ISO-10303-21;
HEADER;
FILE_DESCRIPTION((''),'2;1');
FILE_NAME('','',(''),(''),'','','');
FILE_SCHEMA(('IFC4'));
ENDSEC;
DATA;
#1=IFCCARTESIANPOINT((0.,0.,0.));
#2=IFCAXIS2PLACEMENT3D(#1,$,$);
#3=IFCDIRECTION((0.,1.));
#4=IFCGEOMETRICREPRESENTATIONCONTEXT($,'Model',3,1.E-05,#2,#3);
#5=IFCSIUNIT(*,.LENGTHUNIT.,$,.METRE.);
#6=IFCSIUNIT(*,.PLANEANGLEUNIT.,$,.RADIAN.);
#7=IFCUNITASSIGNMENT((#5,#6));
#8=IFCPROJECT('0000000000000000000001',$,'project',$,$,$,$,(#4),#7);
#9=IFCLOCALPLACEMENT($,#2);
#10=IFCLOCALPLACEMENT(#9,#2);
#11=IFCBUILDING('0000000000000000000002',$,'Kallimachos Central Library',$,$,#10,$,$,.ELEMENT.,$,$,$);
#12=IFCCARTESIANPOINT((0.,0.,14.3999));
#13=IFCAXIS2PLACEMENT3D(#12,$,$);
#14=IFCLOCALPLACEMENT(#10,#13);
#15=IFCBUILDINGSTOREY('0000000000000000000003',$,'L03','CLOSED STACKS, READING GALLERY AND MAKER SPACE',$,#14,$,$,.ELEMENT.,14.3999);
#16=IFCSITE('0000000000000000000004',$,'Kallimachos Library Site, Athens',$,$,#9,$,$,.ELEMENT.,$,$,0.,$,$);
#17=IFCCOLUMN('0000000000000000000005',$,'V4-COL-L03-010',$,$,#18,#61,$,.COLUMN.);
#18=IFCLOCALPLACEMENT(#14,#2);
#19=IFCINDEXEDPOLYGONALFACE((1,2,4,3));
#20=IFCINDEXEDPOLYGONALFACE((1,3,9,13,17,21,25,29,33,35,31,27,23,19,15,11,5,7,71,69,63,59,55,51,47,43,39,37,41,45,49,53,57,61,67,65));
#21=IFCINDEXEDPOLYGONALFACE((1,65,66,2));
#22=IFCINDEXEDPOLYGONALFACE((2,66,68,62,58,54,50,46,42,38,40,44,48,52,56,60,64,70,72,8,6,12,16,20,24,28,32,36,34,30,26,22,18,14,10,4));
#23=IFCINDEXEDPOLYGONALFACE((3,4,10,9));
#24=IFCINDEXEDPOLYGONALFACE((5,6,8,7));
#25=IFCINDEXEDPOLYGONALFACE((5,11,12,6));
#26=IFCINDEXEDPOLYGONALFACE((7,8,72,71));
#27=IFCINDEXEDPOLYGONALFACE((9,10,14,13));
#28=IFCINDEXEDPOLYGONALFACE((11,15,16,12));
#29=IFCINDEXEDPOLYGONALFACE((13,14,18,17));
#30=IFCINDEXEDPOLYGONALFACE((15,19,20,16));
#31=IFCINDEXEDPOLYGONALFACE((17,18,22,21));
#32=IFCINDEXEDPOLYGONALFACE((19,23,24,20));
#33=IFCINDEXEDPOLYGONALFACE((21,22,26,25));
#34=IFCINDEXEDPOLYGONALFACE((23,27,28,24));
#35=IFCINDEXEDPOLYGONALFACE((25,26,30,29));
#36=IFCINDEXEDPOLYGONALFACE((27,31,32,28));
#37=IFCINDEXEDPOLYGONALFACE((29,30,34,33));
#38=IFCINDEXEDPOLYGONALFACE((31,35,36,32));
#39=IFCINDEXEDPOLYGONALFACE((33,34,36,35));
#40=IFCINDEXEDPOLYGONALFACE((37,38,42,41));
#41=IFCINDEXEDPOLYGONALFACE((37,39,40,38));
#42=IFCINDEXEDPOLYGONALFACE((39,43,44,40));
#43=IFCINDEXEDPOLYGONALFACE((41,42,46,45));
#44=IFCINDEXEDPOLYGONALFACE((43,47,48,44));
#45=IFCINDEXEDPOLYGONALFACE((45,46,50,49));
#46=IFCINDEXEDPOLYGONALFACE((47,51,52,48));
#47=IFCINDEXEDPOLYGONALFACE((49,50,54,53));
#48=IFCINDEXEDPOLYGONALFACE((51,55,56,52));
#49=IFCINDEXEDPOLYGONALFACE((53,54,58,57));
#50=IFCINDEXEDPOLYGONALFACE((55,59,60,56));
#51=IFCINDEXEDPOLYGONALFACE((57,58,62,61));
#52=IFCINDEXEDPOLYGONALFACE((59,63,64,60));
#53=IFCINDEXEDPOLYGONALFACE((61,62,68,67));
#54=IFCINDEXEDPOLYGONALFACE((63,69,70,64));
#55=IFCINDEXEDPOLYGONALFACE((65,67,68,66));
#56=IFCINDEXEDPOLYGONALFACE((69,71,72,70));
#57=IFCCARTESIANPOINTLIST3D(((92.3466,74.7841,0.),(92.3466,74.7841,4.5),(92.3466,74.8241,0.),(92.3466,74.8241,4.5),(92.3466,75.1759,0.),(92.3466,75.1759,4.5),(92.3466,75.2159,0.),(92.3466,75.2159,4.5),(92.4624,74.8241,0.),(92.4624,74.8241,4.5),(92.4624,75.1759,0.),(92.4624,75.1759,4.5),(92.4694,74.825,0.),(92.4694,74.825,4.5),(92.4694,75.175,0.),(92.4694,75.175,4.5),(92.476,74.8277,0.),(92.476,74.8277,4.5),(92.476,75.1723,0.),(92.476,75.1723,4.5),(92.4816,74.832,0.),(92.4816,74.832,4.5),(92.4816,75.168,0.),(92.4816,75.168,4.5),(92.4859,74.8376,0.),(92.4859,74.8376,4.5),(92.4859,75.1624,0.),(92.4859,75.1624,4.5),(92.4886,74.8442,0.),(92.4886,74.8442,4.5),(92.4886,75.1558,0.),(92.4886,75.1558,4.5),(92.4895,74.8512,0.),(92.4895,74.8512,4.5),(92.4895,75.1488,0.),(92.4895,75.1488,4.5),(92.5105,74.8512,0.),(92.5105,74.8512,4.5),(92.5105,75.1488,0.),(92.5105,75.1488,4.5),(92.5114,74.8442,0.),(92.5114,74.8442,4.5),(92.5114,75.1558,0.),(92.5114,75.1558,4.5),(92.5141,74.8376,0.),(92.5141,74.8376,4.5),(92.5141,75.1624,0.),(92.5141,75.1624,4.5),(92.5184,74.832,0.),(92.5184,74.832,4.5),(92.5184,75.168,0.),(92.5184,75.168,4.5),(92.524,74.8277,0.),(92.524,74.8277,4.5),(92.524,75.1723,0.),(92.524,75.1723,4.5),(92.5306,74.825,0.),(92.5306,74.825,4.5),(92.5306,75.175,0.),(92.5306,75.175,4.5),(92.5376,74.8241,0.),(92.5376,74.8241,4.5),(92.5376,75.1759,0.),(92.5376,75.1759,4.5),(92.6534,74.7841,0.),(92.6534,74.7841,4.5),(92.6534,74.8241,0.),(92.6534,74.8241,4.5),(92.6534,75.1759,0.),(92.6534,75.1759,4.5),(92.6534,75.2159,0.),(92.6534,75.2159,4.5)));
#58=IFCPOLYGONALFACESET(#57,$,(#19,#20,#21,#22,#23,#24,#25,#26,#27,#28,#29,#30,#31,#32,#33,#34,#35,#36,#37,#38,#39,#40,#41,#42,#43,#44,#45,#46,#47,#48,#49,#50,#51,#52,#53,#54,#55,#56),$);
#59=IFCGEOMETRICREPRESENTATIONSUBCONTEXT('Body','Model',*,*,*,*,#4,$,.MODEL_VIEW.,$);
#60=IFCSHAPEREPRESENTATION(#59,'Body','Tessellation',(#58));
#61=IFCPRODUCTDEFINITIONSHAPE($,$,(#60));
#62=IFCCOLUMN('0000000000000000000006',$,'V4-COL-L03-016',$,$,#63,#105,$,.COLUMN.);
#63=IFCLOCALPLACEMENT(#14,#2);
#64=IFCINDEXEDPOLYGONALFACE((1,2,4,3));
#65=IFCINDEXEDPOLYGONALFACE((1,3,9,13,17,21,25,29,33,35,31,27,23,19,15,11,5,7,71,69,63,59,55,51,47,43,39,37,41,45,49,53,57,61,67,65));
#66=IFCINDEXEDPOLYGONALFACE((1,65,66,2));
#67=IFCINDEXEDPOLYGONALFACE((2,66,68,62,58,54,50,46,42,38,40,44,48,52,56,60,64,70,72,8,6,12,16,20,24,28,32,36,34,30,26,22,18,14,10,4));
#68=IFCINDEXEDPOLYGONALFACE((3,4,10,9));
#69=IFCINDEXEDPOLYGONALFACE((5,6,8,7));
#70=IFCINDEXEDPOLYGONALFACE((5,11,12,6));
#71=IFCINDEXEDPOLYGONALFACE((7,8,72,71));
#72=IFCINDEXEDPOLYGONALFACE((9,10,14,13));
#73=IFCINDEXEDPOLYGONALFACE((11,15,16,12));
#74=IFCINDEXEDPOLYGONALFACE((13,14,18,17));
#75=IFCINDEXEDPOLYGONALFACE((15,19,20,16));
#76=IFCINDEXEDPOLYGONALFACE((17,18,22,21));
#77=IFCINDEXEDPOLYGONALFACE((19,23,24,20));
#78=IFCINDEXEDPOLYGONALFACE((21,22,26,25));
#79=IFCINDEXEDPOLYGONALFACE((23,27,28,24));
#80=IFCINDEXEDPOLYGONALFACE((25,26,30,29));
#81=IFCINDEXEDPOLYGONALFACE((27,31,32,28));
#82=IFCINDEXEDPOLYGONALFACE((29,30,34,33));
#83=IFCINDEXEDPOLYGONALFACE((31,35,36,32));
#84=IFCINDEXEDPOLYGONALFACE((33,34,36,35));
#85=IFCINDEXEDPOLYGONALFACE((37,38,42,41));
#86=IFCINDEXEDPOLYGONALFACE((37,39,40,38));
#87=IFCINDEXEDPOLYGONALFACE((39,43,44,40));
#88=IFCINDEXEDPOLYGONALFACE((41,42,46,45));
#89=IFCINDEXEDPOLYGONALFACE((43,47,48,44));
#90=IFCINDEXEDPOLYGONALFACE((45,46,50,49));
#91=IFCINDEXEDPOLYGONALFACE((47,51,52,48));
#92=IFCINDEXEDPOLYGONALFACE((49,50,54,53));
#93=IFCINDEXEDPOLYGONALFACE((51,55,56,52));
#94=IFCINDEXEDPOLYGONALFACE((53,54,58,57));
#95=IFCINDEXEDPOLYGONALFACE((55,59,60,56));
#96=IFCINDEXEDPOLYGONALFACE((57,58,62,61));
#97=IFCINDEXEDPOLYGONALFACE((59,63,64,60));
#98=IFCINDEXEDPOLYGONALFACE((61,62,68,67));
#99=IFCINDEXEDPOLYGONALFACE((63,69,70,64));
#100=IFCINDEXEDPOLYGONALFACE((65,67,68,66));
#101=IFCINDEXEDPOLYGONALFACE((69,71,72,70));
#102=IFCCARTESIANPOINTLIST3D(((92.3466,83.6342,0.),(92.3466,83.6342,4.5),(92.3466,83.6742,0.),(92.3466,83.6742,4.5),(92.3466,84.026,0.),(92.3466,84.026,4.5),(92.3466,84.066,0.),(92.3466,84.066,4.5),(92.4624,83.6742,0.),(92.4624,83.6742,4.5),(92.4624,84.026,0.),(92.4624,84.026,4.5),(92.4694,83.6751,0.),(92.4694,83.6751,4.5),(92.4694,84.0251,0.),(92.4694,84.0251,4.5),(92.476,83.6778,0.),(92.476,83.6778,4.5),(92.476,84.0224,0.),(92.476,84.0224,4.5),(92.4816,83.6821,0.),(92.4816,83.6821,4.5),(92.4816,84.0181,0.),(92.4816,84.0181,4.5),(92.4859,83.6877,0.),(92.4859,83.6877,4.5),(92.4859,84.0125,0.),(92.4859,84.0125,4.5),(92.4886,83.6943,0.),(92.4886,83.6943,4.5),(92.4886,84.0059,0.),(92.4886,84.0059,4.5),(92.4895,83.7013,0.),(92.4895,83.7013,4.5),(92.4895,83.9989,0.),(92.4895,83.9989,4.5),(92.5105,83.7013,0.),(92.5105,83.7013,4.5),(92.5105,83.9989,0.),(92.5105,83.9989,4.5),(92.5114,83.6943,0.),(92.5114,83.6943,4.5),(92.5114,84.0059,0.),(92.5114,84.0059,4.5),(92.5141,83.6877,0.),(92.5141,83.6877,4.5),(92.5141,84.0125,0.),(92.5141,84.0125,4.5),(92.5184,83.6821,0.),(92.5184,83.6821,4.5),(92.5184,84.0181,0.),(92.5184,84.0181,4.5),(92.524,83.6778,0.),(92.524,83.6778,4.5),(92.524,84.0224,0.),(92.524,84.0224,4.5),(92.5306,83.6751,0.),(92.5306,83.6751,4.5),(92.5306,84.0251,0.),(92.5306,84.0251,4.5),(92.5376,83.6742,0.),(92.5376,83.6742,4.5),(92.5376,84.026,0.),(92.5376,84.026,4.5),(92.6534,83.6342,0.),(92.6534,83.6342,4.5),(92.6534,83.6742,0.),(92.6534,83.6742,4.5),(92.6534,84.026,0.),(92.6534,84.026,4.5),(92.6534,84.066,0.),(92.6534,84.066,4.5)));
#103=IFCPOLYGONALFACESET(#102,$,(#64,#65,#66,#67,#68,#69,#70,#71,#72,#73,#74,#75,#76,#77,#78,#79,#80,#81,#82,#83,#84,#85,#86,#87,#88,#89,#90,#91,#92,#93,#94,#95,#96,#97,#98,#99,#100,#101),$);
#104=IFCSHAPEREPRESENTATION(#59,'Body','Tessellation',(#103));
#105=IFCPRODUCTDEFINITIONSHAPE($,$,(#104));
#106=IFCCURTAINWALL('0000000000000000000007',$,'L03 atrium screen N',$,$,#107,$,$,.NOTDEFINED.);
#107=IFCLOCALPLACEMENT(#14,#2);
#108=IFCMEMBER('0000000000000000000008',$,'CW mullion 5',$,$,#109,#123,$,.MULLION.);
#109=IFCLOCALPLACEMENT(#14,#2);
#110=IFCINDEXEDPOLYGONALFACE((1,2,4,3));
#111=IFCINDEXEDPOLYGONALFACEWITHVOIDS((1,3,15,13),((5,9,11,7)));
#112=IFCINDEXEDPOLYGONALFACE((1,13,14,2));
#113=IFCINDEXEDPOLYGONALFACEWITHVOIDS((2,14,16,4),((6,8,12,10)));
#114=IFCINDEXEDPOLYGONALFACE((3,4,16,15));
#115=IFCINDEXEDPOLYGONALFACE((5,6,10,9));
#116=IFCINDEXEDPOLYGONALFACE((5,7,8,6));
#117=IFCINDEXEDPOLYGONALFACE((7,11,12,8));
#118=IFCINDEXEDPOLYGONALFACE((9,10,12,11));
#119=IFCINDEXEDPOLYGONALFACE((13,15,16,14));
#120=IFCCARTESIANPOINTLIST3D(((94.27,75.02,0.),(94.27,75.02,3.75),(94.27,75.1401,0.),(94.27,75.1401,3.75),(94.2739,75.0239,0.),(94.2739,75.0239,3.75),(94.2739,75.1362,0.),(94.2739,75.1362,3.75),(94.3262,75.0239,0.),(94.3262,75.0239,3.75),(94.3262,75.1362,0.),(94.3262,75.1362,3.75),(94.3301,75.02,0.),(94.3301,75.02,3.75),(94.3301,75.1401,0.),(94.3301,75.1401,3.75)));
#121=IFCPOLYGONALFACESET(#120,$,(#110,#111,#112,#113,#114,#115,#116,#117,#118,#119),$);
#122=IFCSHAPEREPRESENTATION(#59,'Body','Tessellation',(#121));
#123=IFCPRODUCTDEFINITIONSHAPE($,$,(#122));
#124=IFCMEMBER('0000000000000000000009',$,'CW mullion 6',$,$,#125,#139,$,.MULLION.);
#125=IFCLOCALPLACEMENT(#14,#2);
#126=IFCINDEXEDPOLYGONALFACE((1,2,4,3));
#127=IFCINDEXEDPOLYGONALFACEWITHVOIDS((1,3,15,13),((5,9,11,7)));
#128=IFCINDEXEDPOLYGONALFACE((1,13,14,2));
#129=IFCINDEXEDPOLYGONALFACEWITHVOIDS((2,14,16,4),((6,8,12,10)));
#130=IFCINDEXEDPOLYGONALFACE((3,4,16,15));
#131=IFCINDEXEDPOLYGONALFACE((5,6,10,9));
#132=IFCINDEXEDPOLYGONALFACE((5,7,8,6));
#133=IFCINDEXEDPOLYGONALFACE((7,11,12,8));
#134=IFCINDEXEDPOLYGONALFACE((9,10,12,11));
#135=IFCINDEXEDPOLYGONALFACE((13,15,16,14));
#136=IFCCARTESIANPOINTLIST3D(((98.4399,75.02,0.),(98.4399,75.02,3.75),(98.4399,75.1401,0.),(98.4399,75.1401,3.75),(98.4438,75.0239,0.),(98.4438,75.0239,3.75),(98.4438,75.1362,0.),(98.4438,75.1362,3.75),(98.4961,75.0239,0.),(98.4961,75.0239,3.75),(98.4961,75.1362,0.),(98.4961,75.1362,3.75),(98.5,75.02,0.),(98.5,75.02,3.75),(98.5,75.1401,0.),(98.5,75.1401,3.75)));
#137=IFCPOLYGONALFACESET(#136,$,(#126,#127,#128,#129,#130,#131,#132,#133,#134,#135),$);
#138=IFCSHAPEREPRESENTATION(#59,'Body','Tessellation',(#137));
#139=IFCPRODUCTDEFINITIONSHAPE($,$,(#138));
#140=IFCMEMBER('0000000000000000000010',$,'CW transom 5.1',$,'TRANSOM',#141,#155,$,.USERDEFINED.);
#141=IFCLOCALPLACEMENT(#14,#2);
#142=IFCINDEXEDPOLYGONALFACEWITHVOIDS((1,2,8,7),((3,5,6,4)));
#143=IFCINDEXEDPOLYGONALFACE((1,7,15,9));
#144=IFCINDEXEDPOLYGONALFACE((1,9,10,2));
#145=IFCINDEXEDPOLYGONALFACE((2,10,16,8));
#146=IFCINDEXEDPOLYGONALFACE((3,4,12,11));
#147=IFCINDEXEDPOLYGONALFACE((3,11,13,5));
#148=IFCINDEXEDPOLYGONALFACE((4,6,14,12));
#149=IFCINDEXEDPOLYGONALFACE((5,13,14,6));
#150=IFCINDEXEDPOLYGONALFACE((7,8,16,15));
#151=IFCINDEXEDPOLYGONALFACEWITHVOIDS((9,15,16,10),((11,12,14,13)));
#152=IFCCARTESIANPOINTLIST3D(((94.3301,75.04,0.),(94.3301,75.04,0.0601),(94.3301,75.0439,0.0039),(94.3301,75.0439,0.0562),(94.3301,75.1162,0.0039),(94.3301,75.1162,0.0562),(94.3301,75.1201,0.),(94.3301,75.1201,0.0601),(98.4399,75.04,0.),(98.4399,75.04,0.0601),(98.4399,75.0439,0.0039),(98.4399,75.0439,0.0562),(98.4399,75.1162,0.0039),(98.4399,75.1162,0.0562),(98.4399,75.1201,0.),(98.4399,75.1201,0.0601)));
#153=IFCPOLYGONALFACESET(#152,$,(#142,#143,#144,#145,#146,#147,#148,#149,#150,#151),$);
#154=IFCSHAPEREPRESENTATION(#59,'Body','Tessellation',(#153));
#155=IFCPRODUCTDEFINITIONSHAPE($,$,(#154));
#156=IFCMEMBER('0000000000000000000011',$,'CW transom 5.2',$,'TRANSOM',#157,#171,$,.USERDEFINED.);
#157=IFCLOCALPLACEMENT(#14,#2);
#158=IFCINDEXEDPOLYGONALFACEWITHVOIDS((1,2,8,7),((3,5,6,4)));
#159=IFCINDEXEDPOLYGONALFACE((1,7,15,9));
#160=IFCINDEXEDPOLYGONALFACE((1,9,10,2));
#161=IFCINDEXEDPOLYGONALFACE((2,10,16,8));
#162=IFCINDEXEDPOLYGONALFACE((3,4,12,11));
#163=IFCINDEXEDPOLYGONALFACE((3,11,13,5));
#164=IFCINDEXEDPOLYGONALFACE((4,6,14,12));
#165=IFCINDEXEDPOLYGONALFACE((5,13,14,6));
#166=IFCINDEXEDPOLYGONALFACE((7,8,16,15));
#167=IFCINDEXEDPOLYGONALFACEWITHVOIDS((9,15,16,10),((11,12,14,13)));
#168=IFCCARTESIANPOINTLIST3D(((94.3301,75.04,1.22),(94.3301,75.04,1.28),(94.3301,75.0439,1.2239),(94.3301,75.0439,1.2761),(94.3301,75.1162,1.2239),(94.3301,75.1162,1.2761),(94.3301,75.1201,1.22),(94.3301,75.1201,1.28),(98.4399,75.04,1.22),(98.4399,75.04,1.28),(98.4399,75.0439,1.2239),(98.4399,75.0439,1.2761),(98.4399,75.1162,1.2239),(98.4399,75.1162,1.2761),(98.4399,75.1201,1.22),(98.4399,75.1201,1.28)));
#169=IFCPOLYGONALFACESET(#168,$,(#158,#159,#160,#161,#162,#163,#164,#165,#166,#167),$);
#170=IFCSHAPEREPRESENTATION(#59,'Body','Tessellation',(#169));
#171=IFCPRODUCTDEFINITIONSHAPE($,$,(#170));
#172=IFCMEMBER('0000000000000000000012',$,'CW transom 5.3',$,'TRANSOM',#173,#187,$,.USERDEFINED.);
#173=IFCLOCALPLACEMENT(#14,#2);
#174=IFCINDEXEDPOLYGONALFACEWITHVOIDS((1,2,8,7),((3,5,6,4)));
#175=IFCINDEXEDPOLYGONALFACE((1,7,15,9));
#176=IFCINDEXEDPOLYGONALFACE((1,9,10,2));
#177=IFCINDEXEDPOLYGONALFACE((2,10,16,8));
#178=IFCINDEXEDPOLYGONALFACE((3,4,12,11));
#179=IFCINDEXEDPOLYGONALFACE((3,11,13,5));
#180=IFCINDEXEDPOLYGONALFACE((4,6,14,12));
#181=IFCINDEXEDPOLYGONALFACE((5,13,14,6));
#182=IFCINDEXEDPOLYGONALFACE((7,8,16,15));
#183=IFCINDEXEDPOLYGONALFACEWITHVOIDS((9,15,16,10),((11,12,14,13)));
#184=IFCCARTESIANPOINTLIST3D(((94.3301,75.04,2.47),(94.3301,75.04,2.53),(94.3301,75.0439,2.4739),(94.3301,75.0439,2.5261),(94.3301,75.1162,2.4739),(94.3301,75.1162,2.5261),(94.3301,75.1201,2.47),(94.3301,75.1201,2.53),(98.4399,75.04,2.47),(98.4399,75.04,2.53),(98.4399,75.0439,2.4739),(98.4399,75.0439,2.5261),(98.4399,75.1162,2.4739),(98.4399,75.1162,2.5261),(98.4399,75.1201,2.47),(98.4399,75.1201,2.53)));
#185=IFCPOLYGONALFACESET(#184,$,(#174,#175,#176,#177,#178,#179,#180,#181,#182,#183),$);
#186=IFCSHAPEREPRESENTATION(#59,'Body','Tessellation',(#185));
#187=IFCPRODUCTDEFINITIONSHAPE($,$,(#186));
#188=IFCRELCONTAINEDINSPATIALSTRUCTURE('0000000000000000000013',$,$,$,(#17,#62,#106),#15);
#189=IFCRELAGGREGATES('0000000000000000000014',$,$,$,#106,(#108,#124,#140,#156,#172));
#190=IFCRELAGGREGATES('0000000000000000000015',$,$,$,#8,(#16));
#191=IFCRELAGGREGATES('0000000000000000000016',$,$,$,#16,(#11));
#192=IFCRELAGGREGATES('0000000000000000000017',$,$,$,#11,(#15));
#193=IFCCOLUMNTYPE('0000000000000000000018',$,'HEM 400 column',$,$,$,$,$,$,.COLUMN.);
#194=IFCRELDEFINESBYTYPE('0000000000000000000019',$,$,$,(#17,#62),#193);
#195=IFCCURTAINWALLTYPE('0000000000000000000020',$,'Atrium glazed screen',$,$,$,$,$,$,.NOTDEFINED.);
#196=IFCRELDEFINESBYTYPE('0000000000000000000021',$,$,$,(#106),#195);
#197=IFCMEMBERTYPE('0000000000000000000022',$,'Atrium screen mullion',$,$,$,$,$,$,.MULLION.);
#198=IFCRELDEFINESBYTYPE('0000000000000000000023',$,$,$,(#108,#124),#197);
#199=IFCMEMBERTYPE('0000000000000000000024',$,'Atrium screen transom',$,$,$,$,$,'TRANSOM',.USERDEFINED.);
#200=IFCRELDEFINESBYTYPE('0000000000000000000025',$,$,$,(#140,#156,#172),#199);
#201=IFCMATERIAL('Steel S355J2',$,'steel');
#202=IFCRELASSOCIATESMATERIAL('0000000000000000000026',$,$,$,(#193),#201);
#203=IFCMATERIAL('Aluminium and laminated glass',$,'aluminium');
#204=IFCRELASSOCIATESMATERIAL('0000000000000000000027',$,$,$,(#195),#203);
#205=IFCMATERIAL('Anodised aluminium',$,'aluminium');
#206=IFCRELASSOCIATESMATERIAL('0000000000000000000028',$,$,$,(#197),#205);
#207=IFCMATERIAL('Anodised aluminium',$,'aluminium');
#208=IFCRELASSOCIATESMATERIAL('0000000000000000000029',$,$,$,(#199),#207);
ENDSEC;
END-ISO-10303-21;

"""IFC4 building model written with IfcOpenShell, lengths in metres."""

from ifc_helpers import new_model, si_unit, direction, frame, origin, origin_2d, place, context, subcontext, project, spatial, hollow_rectangle, i_section, extrude, material, material_profile, profile_set, type_object, element, aggregate, save


model = new_model("IFC4")

# Units and contexts
model_context = context("Model", 3, precision=1e-05, world=origin(), true_north=direction((0.0, 1.0)))
body_context = subcontext(model_context, "Body", "Model", "MODEL_VIEW")
ifc_project = project(units=[si_unit("LENGTHUNIT", "METRE"), si_unit("PLANEANGLEUNIT", "RADIAN")], contexts=[model_context])

# Site, building, storey
site_placement = place(None, origin())
site = spatial("IfcSite", under=ifc_project, at=site_placement, Name="Kallimachos Library Site, Athens", CompositionType="ELEMENT", RefElevation=0.0)
building_placement = place(site_placement, origin())
building = spatial("IfcBuilding", under=site, at=building_placement, Name="Kallimachos Central Library", CompositionType="ELEMENT")
storey_placement = place(building_placement, frame((0.0, 0.0, 14.3999)))
storey = spatial("IfcBuildingStorey", under=building, at=storey_placement, Name="L03", Description="CLOSED STACKS, READING GALLERY AND MAKER SPACE", CompositionType="ELEMENT", Elevation=14.3999)

# Columns
ifc_material_1 = material(Name="Steel S355J2", Category="steel")
ifc_material_profile_1 = material_profile(ifc_material_1, i_section(OverallWidth=0.3069, OverallDepth=0.4319, WebThickness=0.021, FlangeThickness=0.04, FilletRadius=0.0271, at=origin_2d()), Name="HEM 400")
ifc_profile_set_1 = profile_set([ifc_material_profile_1], Name="Steel S355J2")
column_type = type_object("IfcColumnType", Name="HEM 400 column", PredefinedType="COLUMN", material=ifc_profile_set_1)
for number, where, z_axis, x_axis, name in (
    (1, (92.5, 75.0, 0.0), (0.0, 0.0, 1.0), (1.0, 0.0, 0.0), "V4-COL-L03-010"),
    (2, (92.5, 83.8501, 0.0), (0.0, 0.0, 1.0), (1.0, 0.0, 0.0), "V4-COL-L03-016"),
):
    element("IfcColumn", number, at=place(storey_placement, frame(where, z_axis=z_axis, x_axis=x_axis)), inside=storey, type_object=column_type, Name=name, PredefinedType="COLUMN", context=body_context, shape_type="SweptSolid", body=[
        extrude(i_section(OverallWidth=0.3069, OverallDepth=0.4319, WebThickness=0.021, FlangeThickness=0.04, FilletRadius=0.0271, at=origin_2d()), origin(), (0.0, 0.0, 1.0), 4.5),
    ])

# Curtain wall, members
ifc_material_2 = material(Name="Aluminium and laminated glass", Category="aluminium")
curtain_wall_type = type_object("IfcCurtainWallType", Name="Atrium glazed screen", PredefinedType="NOTDEFINED", material=ifc_material_2)
curtain_wall_placement = place(storey_placement, origin())
curtain_wall = element("IfcCurtainWall", 3, at=curtain_wall_placement, inside=storey, type_object=curtain_wall_type, Name="L03 atrium screen N", PredefinedType="NOTDEFINED")
ifc_material_3 = material(Name="Anodised aluminium", Category="aluminium")
ifc_material_profile_2 = material_profile(ifc_material_3, hollow_rectangle(XDim=0.0601, YDim=0.1201, WallThickness=0.0039, at=origin_2d()), Name="ALU MULLION 60x120")
ifc_profile_set_2 = profile_set([ifc_material_profile_2], Name="Anodised aluminium")
member_type_1 = type_object("IfcMemberType", Name="Atrium screen mullion", PredefinedType="MULLION", material=ifc_profile_set_2)
member_1_placement = place(storey_placement, frame((94.3, 75.0801, 0.0), z_axis=(0.0, 0.0, 1.0), x_axis=(1.0, 0.0, 0.0)))
member_1 = element("IfcMember", 4, at=member_1_placement, type_object=member_type_1, Name="CW mullion 5", PredefinedType="MULLION", context=body_context, shape_type="SweptSolid", body=[
    extrude(hollow_rectangle(XDim=0.0601, YDim=0.1201, WallThickness=0.0039, at=origin_2d()), origin(), (0.0, 0.0, 1.0), 3.75),
])
member_2_placement = place(storey_placement, frame((98.47, 75.0801, 0.0), z_axis=(0.0, 0.0, 1.0), x_axis=(1.0, 0.0, 0.0)))
member_2 = element("IfcMember", 5, at=member_2_placement, type_object=member_type_1, Name="CW mullion 6", PredefinedType="MULLION", context=body_context, shape_type="SweptSolid", body=[
    extrude(hollow_rectangle(XDim=0.0601, YDim=0.1201, WallThickness=0.0039, at=origin_2d()), origin(), (0.0, 0.0, 1.0), 3.75),
])
ifc_material_4 = material(Name="Anodised aluminium", Category="aluminium")
ifc_material_profile_3 = material_profile(ifc_material_4, hollow_rectangle(XDim=0.0601, YDim=0.0801, WallThickness=0.0039, at=origin_2d()), Name="ALU TRANSOM 60x80")
ifc_profile_set_3 = profile_set([ifc_material_profile_3], Name="Anodised aluminium")
member_type_2 = type_object("IfcMemberType", Name="Atrium screen transom", ElementType="TRANSOM", PredefinedType="USERDEFINED", material=ifc_profile_set_3)
member_3_placement = place(storey_placement, frame((94.3301, 75.0801, 0.03), z_axis=(1.0, 0.0, 0.0), x_axis=(0.0, 0.0, 1.0)))
member_3 = element("IfcMember", 6, at=member_3_placement, type_object=member_type_2, Name="CW transom 5.1", ObjectType="TRANSOM", PredefinedType="USERDEFINED", context=body_context, shape_type="SweptSolid", body=[
    extrude(hollow_rectangle(XDim=0.0601, YDim=0.0801, WallThickness=0.0039, at=origin_2d()), origin(), (0.0, 0.0, 1.0), 4.1099),
])
member_4_placement = place(storey_placement, frame((94.3301, 75.0801, 1.25), z_axis=(1.0, 0.0, 0.0), x_axis=(0.0, 0.0, 1.0)))
member_4 = element("IfcMember", 7, at=member_4_placement, type_object=member_type_2, Name="CW transom 5.2", ObjectType="TRANSOM", PredefinedType="USERDEFINED", context=body_context, shape_type="SweptSolid", body=[
    extrude(hollow_rectangle(XDim=0.0601, YDim=0.0801, WallThickness=0.0039, at=origin_2d()), origin(), (0.0, 0.0, 1.0), 4.1099),
])
member_5_placement = place(storey_placement, frame((94.3301, 75.0801, 2.5), z_axis=(1.0, 0.0, 0.0), x_axis=(0.0, 0.0, 1.0)))
member_5 = element("IfcMember", 8, at=member_5_placement, type_object=member_type_2, Name="CW transom 5.3", ObjectType="TRANSOM", PredefinedType="USERDEFINED", context=body_context, shape_type="SweptSolid", body=[
    extrude(hollow_rectangle(XDim=0.0601, YDim=0.0801, WallThickness=0.0039, at=origin_2d()), origin(), (0.0, 0.0, 1.0), 4.1099),
])

aggregate(curtain_wall, [member_1, member_2, member_3, member_4, member_5])

save(model, "model.ifc")
